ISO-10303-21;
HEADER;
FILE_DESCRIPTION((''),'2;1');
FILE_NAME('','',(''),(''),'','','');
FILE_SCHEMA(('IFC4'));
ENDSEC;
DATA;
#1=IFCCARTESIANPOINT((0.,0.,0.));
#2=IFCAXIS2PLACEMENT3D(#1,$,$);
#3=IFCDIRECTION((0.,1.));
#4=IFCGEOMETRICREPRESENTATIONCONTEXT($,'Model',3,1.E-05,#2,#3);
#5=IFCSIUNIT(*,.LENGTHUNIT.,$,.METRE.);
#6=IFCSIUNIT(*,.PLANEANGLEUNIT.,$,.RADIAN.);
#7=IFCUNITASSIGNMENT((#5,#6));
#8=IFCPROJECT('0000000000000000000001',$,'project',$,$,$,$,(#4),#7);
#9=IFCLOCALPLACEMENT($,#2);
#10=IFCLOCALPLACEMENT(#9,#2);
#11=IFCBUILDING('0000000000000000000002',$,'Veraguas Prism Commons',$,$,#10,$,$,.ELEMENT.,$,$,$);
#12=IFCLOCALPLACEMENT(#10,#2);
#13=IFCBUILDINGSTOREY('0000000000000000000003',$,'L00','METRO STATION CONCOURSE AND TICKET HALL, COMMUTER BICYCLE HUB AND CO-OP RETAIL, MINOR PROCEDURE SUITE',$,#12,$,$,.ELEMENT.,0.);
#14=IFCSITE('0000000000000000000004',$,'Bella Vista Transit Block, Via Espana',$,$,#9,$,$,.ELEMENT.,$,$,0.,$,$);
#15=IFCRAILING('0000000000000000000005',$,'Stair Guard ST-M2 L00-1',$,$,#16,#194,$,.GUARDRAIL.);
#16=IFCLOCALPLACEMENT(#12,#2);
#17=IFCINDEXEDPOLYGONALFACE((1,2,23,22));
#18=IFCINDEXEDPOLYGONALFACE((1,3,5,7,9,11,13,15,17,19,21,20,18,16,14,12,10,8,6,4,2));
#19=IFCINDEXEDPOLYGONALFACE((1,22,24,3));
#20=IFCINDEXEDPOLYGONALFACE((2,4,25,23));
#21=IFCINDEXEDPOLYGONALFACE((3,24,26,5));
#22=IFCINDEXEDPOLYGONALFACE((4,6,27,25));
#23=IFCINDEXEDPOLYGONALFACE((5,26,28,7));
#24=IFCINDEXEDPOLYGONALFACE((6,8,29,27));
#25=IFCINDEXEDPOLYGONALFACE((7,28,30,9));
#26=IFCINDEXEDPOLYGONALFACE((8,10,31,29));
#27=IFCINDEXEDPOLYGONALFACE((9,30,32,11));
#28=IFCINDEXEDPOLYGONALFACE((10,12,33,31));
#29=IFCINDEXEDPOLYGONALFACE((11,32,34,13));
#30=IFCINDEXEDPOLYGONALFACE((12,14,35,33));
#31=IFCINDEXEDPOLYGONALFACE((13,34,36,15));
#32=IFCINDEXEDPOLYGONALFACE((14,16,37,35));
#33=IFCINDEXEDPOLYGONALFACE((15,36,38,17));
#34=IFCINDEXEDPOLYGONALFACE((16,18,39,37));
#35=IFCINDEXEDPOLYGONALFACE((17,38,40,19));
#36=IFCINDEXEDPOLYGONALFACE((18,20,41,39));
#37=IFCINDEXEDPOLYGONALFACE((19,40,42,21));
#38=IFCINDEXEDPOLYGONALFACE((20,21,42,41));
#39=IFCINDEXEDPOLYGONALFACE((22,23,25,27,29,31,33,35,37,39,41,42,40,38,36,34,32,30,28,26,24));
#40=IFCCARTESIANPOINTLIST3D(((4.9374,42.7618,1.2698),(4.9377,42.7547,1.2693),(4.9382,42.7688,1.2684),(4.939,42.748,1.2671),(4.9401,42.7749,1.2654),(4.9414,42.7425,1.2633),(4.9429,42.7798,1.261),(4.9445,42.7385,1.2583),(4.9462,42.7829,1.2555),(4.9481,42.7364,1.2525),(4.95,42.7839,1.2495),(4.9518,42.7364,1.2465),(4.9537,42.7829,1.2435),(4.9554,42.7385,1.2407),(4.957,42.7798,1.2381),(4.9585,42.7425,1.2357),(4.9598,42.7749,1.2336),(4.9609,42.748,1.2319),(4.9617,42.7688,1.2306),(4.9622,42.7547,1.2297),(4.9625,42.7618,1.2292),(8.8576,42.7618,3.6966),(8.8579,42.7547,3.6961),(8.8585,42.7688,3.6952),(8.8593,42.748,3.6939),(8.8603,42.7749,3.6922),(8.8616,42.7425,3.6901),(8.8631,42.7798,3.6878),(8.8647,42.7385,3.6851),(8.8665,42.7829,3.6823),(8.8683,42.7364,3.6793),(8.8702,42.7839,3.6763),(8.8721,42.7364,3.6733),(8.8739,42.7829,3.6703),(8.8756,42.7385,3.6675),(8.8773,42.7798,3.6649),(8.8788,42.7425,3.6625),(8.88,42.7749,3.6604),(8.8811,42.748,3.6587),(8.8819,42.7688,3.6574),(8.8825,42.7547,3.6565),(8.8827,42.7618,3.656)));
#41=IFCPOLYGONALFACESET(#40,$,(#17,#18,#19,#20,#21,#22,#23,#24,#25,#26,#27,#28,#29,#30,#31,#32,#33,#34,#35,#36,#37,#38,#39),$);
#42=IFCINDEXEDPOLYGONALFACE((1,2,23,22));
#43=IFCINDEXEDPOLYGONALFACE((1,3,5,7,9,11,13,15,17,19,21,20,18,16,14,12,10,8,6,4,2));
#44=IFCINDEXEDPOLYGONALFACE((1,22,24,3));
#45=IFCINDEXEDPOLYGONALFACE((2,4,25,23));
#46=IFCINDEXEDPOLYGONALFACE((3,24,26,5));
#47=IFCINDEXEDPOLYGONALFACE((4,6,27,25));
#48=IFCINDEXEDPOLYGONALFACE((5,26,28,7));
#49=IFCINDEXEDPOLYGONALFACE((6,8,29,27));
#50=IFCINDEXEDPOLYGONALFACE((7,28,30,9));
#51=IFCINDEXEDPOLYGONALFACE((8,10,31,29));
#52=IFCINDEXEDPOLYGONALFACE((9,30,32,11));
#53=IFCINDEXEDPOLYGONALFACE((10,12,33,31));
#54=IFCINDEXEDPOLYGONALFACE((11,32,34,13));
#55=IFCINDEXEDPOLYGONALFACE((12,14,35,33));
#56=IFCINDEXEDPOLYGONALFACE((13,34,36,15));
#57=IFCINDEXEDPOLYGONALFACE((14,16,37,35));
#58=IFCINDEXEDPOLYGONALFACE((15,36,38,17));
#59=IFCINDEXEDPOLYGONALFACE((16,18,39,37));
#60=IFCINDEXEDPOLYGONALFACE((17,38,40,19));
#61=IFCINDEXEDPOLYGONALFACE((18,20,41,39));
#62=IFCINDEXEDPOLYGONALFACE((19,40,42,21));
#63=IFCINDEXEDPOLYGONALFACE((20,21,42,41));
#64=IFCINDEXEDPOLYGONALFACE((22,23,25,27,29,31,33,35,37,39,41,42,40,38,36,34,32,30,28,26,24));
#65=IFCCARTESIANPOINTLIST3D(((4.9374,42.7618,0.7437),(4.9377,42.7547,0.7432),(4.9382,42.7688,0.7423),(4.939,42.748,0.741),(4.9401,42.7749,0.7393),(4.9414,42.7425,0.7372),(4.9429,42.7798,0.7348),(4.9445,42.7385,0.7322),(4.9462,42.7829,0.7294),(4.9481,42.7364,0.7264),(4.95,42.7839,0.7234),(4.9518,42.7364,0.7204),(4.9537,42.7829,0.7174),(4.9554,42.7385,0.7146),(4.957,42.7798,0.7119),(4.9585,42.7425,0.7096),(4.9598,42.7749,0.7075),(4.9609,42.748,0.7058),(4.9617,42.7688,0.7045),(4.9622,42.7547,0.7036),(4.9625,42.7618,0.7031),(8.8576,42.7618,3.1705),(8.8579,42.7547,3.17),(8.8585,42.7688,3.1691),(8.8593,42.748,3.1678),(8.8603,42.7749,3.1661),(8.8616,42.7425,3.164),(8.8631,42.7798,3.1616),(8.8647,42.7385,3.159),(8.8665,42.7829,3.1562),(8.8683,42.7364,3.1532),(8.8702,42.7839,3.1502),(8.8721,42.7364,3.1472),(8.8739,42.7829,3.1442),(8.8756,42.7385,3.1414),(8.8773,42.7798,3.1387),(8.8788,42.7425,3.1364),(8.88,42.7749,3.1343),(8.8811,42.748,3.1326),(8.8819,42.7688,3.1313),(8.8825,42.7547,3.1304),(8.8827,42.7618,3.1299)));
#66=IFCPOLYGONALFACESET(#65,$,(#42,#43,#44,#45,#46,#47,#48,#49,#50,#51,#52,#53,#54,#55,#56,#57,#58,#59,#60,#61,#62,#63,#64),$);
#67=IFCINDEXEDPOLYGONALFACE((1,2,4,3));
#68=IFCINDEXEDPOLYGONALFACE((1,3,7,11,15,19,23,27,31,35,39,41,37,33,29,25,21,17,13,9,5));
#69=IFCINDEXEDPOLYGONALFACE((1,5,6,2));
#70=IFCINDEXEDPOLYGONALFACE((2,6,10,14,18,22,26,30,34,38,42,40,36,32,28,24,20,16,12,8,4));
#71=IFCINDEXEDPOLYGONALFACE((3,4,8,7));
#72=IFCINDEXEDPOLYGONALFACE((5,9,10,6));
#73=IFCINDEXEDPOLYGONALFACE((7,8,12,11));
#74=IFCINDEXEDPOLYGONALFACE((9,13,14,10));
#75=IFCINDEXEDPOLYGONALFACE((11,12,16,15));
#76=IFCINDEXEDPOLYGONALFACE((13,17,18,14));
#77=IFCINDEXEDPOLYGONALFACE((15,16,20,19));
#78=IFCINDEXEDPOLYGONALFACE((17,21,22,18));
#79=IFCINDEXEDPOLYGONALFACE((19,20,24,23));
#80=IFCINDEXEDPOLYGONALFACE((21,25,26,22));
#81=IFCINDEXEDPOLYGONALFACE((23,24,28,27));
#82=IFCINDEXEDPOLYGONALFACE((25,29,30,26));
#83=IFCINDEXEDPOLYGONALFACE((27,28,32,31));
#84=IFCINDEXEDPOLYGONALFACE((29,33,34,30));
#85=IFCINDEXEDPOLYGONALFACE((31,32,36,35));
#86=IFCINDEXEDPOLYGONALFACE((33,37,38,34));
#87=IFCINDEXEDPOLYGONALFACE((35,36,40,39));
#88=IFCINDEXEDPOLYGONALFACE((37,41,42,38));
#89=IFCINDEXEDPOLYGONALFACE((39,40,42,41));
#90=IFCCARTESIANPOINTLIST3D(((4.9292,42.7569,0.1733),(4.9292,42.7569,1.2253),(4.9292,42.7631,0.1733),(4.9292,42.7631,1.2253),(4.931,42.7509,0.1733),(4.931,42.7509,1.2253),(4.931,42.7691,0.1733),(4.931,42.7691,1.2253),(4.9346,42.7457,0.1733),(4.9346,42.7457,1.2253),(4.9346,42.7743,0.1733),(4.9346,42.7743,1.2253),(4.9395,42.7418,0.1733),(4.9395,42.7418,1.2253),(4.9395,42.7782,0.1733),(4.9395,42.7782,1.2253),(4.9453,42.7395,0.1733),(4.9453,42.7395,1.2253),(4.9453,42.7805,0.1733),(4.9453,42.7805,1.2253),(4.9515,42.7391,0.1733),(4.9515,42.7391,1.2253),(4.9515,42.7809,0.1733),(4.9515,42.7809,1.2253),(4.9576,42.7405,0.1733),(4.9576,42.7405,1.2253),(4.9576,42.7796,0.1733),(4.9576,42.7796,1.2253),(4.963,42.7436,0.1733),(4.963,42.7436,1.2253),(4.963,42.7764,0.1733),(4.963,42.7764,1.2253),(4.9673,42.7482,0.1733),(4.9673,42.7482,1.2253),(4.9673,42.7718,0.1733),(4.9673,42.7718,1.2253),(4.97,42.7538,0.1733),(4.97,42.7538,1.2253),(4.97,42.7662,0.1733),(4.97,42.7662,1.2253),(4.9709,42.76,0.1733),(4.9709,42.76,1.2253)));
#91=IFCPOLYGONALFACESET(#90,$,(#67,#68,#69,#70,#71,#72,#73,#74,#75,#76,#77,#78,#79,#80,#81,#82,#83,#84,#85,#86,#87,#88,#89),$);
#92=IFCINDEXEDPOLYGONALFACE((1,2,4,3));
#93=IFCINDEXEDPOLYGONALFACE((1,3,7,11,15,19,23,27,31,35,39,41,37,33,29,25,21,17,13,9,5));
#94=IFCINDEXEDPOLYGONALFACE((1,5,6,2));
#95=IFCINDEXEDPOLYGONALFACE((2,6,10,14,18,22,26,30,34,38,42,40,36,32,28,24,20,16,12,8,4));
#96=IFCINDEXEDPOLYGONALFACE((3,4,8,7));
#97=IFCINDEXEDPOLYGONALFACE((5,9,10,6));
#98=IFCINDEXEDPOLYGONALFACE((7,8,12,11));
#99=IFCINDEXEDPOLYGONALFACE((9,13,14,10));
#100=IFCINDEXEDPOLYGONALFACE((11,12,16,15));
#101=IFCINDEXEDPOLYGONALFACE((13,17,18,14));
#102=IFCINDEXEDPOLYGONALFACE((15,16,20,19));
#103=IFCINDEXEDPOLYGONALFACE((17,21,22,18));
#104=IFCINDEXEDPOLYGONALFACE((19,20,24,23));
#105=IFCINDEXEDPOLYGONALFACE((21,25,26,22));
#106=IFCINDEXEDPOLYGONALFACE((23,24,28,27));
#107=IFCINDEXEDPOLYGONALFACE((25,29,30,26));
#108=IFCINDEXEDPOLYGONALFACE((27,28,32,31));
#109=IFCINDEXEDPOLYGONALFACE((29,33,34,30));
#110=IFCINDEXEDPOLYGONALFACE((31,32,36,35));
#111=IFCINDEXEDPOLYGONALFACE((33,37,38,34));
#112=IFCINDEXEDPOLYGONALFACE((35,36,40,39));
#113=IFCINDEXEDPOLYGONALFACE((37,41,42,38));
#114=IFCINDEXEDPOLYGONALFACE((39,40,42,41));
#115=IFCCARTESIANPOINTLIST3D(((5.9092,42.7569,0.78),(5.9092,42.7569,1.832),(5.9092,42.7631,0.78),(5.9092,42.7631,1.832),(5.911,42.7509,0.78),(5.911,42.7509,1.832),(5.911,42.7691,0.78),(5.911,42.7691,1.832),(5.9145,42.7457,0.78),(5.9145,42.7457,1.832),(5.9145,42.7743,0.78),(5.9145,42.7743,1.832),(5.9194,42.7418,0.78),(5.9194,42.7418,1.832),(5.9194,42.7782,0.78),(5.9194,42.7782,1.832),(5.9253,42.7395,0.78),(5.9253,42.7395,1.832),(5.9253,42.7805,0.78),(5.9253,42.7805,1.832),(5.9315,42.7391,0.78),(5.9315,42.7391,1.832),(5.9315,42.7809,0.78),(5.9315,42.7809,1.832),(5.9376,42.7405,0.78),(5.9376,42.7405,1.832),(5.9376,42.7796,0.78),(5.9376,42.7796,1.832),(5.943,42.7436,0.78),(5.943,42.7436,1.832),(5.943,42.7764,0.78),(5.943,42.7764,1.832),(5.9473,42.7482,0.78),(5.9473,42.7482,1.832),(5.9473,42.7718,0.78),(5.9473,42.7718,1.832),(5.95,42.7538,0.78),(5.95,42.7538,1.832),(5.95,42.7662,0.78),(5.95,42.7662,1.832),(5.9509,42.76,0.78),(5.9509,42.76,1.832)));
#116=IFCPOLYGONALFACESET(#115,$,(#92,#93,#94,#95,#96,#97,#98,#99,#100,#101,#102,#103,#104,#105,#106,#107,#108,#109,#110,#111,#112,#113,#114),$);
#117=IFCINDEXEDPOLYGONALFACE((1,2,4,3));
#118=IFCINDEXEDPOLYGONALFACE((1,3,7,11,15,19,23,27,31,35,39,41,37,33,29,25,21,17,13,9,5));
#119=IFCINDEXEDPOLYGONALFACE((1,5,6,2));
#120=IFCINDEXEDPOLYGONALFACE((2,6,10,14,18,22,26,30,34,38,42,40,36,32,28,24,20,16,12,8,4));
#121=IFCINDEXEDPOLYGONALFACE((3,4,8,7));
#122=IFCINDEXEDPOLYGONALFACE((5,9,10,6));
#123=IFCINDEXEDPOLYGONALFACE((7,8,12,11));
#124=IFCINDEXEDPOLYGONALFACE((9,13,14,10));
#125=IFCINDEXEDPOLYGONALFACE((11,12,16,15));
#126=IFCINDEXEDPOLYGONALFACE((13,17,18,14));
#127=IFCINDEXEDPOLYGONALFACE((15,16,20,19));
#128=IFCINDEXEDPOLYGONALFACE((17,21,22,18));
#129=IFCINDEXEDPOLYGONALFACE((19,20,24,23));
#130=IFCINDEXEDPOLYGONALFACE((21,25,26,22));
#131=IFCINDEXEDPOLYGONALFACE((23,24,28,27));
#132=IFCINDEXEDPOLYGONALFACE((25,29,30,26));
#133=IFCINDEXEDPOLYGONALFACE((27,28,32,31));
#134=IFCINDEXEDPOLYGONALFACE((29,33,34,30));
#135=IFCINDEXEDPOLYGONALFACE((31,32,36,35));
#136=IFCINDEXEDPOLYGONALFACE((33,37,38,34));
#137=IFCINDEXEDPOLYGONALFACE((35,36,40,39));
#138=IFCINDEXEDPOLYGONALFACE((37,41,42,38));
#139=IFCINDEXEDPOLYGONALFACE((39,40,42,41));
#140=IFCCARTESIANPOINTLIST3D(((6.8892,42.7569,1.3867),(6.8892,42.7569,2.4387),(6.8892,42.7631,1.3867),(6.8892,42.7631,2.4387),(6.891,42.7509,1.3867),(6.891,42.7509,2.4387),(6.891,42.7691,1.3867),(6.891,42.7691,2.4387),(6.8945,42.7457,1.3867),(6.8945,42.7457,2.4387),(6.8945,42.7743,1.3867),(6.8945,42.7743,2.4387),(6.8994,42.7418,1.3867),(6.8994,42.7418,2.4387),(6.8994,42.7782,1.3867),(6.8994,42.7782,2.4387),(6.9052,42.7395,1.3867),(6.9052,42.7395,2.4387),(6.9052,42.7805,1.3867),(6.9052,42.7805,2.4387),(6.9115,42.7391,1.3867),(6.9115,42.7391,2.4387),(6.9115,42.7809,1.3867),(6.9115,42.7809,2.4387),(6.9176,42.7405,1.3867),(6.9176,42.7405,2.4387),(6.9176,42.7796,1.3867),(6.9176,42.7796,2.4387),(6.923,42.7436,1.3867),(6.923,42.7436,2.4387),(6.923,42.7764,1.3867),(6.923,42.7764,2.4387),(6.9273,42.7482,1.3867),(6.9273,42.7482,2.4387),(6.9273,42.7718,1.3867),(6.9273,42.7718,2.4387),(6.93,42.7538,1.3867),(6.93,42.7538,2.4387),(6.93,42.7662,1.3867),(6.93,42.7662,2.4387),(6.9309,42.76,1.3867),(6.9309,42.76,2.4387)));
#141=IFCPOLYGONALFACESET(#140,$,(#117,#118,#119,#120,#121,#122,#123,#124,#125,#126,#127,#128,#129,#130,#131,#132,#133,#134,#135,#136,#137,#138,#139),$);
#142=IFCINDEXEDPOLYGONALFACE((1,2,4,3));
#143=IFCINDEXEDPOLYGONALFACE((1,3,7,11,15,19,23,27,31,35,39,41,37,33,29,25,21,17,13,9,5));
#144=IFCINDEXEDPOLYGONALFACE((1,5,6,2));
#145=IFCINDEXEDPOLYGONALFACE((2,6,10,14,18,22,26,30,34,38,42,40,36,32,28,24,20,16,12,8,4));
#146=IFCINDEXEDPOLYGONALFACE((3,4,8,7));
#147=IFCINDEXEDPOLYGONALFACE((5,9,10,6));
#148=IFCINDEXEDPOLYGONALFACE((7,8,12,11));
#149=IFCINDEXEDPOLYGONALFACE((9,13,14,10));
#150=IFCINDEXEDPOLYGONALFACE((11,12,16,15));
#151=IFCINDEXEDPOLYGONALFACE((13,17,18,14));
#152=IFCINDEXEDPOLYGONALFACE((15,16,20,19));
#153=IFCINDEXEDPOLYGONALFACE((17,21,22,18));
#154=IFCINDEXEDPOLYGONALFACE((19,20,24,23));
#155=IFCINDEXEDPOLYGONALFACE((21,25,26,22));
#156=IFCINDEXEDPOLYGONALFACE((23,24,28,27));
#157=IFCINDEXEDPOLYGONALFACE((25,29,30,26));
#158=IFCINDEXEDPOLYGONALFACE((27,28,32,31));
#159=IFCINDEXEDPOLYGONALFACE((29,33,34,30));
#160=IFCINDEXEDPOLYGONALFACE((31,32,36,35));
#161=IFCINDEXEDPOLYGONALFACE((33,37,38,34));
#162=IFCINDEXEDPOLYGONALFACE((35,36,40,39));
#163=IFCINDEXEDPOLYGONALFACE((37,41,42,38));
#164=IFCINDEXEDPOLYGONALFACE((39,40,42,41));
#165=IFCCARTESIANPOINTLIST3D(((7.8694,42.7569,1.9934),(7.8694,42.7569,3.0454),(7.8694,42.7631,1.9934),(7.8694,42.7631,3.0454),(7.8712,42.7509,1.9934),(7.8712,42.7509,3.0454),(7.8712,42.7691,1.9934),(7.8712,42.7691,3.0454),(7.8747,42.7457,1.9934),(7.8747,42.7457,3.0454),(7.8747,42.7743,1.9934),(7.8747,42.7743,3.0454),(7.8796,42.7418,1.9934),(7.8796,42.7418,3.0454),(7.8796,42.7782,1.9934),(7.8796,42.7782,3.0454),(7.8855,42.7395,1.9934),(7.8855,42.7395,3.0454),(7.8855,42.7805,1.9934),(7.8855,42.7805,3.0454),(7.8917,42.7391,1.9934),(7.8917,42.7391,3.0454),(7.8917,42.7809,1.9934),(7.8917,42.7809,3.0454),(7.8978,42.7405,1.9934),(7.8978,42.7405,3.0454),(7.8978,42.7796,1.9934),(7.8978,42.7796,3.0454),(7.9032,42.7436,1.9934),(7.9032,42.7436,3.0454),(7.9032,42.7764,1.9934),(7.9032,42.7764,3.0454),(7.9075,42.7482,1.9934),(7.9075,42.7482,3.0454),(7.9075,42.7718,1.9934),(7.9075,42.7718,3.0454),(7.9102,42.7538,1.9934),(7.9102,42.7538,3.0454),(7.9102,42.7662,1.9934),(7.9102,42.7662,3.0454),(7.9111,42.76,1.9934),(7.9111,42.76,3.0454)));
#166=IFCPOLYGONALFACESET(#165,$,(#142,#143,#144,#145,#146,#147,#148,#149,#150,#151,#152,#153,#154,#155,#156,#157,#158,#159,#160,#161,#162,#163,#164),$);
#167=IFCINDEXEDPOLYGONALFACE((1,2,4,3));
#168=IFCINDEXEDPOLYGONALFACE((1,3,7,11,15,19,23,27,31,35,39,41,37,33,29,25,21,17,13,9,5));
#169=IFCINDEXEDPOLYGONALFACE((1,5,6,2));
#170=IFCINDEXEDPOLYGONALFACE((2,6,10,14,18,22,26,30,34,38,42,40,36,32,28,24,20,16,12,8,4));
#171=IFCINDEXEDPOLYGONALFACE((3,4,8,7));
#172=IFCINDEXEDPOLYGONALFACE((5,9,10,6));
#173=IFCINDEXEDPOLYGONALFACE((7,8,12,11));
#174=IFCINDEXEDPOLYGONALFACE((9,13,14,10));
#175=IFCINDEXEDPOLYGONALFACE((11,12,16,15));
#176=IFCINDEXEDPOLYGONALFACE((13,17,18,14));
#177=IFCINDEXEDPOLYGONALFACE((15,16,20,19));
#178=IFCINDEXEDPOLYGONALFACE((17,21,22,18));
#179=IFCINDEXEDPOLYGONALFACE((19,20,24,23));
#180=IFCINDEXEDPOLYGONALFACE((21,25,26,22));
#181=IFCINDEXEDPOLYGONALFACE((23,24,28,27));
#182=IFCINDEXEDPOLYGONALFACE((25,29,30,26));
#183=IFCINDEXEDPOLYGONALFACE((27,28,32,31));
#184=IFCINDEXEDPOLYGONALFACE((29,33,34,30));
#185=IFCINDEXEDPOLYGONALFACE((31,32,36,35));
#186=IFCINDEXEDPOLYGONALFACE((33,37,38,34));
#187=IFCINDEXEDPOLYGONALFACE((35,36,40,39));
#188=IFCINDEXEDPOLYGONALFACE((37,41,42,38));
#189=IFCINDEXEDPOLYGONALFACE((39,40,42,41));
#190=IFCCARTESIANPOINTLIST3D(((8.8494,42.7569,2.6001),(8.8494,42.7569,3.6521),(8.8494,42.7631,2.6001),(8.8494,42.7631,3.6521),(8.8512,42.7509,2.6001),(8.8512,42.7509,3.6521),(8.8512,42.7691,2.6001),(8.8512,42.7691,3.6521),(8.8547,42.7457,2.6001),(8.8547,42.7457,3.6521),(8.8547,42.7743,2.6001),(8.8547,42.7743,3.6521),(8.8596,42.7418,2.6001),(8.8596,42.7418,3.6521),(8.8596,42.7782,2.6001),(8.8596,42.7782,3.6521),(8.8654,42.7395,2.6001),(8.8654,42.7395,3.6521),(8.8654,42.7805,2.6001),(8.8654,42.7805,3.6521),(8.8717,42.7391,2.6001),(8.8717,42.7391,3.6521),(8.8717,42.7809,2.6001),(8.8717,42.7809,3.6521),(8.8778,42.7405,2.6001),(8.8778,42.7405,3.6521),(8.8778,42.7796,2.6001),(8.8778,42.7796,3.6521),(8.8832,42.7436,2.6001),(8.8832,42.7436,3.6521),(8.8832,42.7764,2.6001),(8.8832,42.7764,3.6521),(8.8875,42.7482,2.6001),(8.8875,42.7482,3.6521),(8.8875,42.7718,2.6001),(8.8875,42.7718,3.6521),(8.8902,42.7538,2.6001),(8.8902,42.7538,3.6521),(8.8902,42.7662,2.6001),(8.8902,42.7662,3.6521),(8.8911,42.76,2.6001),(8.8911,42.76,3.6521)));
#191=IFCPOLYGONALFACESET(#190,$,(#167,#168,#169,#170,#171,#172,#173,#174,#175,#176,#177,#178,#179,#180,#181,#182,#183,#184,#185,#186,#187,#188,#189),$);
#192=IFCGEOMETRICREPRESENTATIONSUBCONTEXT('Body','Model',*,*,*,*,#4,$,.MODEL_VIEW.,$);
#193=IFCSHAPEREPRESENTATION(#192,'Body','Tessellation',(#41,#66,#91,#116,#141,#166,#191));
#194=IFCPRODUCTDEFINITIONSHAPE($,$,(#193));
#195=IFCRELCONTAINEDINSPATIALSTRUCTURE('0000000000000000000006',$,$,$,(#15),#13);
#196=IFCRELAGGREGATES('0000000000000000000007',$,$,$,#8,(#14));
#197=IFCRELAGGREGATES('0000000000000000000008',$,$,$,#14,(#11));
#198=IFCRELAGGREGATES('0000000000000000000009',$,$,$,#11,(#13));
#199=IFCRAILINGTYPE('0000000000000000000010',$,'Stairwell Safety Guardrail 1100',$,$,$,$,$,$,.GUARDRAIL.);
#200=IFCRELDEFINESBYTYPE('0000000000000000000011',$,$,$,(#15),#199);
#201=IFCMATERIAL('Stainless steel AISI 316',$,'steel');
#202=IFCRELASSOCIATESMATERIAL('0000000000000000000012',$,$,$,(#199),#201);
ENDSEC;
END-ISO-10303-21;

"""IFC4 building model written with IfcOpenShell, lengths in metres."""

from ifc_helpers import new_model, si_unit, direction, frame, origin, origin_2d, place, context, subcontext, project, spatial, circle, extrude, material, type_object, element, save


model = new_model("IFC4")

# Units and contexts
model_context = context("Model", 3, precision=1e-05, world=origin(), true_north=direction((0.0, 1.0)))
body_context = subcontext(model_context, "Body", "Model", "MODEL_VIEW")
ifc_project = project(units=[si_unit("LENGTHUNIT", "METRE"), si_unit("PLANEANGLEUNIT", "RADIAN")], contexts=[model_context])

# Site, building, storey
site_placement = place(None, origin())
site = spatial("IfcSite", under=ifc_project, at=site_placement, Name="Bella Vista Transit Block, Via Espana", CompositionType="ELEMENT", RefElevation=0.0)
building_placement = place(site_placement, origin())
building = spatial("IfcBuilding", under=site, at=building_placement, Name="Veraguas Prism Commons", CompositionType="ELEMENT")
storey_placement = place(building_placement, origin())
storey = spatial("IfcBuildingStorey", under=building, at=storey_placement, Name="L00", Description="METRO STATION CONCOURSE AND TICKET HALL, COMMUTER BICYCLE HUB AND CO-OP RETAIL, MINOR PROCEDURE SUITE", CompositionType="ELEMENT", Elevation=0.0)

# Railing
ifc_material_1 = material(Name="Stainless steel AISI 316", Category="steel")
railing_type_1 = type_object("IfcRailingType", Name="Stairwell Safety Guardrail 1100", PredefinedType="GUARDRAIL", material=ifc_material_1)
railing_1_placement = place(storey_placement, frame((4.95, 42.76, 0.1733)))
element("IfcRailing", 1, at=railing_1_placement, inside=storey, type_object=railing_type_1, Name="Stair Guard ST-M2 L00-1", PredefinedType="GUARDRAIL", context=body_context, shape_type="SweptSolid", body=[
    extrude(circle(Radius=0.0239, at=origin_2d()), frame((0.0, 0.0, 1.0762), z_axis=(0.850266, 0.0, 0.526353), x_axis=(0.0, 1.0, 0.0)), (0.0, 0.0, 1.0), 4.6106),
    extrude(circle(Radius=0.0239, at=origin_2d()), frame((0.0, 0.0, 0.55), z_axis=(0.850266, 0.0, 0.526353), x_axis=(0.0, 1.0, 0.0)), (0.0, 0.0, 1.0), 4.6106),
    extrude(circle(Radius=0.021, at=origin_2d()), origin(), (0.0, 0.0, 1.0), 1.052),
    extrude(circle(Radius=0.021, at=origin_2d()), frame((0.98, 0.0, 0.6067)), (0.0, 0.0, 1.0), 1.052),
    extrude(circle(Radius=0.021, at=origin_2d()), frame((1.96, 0.0, 1.2134)), (0.0, 0.0, 1.0), 1.052),
    extrude(circle(Radius=0.021, at=origin_2d()), frame((2.9402, 0.0, 1.8201)), (0.0, 0.0, 1.0), 1.052),
    extrude(circle(Radius=0.021, at=origin_2d()), frame((3.9202, 0.0, 2.4268)), (0.0, 0.0, 1.0), 1.052),
])

save(model, "model.ifc")
